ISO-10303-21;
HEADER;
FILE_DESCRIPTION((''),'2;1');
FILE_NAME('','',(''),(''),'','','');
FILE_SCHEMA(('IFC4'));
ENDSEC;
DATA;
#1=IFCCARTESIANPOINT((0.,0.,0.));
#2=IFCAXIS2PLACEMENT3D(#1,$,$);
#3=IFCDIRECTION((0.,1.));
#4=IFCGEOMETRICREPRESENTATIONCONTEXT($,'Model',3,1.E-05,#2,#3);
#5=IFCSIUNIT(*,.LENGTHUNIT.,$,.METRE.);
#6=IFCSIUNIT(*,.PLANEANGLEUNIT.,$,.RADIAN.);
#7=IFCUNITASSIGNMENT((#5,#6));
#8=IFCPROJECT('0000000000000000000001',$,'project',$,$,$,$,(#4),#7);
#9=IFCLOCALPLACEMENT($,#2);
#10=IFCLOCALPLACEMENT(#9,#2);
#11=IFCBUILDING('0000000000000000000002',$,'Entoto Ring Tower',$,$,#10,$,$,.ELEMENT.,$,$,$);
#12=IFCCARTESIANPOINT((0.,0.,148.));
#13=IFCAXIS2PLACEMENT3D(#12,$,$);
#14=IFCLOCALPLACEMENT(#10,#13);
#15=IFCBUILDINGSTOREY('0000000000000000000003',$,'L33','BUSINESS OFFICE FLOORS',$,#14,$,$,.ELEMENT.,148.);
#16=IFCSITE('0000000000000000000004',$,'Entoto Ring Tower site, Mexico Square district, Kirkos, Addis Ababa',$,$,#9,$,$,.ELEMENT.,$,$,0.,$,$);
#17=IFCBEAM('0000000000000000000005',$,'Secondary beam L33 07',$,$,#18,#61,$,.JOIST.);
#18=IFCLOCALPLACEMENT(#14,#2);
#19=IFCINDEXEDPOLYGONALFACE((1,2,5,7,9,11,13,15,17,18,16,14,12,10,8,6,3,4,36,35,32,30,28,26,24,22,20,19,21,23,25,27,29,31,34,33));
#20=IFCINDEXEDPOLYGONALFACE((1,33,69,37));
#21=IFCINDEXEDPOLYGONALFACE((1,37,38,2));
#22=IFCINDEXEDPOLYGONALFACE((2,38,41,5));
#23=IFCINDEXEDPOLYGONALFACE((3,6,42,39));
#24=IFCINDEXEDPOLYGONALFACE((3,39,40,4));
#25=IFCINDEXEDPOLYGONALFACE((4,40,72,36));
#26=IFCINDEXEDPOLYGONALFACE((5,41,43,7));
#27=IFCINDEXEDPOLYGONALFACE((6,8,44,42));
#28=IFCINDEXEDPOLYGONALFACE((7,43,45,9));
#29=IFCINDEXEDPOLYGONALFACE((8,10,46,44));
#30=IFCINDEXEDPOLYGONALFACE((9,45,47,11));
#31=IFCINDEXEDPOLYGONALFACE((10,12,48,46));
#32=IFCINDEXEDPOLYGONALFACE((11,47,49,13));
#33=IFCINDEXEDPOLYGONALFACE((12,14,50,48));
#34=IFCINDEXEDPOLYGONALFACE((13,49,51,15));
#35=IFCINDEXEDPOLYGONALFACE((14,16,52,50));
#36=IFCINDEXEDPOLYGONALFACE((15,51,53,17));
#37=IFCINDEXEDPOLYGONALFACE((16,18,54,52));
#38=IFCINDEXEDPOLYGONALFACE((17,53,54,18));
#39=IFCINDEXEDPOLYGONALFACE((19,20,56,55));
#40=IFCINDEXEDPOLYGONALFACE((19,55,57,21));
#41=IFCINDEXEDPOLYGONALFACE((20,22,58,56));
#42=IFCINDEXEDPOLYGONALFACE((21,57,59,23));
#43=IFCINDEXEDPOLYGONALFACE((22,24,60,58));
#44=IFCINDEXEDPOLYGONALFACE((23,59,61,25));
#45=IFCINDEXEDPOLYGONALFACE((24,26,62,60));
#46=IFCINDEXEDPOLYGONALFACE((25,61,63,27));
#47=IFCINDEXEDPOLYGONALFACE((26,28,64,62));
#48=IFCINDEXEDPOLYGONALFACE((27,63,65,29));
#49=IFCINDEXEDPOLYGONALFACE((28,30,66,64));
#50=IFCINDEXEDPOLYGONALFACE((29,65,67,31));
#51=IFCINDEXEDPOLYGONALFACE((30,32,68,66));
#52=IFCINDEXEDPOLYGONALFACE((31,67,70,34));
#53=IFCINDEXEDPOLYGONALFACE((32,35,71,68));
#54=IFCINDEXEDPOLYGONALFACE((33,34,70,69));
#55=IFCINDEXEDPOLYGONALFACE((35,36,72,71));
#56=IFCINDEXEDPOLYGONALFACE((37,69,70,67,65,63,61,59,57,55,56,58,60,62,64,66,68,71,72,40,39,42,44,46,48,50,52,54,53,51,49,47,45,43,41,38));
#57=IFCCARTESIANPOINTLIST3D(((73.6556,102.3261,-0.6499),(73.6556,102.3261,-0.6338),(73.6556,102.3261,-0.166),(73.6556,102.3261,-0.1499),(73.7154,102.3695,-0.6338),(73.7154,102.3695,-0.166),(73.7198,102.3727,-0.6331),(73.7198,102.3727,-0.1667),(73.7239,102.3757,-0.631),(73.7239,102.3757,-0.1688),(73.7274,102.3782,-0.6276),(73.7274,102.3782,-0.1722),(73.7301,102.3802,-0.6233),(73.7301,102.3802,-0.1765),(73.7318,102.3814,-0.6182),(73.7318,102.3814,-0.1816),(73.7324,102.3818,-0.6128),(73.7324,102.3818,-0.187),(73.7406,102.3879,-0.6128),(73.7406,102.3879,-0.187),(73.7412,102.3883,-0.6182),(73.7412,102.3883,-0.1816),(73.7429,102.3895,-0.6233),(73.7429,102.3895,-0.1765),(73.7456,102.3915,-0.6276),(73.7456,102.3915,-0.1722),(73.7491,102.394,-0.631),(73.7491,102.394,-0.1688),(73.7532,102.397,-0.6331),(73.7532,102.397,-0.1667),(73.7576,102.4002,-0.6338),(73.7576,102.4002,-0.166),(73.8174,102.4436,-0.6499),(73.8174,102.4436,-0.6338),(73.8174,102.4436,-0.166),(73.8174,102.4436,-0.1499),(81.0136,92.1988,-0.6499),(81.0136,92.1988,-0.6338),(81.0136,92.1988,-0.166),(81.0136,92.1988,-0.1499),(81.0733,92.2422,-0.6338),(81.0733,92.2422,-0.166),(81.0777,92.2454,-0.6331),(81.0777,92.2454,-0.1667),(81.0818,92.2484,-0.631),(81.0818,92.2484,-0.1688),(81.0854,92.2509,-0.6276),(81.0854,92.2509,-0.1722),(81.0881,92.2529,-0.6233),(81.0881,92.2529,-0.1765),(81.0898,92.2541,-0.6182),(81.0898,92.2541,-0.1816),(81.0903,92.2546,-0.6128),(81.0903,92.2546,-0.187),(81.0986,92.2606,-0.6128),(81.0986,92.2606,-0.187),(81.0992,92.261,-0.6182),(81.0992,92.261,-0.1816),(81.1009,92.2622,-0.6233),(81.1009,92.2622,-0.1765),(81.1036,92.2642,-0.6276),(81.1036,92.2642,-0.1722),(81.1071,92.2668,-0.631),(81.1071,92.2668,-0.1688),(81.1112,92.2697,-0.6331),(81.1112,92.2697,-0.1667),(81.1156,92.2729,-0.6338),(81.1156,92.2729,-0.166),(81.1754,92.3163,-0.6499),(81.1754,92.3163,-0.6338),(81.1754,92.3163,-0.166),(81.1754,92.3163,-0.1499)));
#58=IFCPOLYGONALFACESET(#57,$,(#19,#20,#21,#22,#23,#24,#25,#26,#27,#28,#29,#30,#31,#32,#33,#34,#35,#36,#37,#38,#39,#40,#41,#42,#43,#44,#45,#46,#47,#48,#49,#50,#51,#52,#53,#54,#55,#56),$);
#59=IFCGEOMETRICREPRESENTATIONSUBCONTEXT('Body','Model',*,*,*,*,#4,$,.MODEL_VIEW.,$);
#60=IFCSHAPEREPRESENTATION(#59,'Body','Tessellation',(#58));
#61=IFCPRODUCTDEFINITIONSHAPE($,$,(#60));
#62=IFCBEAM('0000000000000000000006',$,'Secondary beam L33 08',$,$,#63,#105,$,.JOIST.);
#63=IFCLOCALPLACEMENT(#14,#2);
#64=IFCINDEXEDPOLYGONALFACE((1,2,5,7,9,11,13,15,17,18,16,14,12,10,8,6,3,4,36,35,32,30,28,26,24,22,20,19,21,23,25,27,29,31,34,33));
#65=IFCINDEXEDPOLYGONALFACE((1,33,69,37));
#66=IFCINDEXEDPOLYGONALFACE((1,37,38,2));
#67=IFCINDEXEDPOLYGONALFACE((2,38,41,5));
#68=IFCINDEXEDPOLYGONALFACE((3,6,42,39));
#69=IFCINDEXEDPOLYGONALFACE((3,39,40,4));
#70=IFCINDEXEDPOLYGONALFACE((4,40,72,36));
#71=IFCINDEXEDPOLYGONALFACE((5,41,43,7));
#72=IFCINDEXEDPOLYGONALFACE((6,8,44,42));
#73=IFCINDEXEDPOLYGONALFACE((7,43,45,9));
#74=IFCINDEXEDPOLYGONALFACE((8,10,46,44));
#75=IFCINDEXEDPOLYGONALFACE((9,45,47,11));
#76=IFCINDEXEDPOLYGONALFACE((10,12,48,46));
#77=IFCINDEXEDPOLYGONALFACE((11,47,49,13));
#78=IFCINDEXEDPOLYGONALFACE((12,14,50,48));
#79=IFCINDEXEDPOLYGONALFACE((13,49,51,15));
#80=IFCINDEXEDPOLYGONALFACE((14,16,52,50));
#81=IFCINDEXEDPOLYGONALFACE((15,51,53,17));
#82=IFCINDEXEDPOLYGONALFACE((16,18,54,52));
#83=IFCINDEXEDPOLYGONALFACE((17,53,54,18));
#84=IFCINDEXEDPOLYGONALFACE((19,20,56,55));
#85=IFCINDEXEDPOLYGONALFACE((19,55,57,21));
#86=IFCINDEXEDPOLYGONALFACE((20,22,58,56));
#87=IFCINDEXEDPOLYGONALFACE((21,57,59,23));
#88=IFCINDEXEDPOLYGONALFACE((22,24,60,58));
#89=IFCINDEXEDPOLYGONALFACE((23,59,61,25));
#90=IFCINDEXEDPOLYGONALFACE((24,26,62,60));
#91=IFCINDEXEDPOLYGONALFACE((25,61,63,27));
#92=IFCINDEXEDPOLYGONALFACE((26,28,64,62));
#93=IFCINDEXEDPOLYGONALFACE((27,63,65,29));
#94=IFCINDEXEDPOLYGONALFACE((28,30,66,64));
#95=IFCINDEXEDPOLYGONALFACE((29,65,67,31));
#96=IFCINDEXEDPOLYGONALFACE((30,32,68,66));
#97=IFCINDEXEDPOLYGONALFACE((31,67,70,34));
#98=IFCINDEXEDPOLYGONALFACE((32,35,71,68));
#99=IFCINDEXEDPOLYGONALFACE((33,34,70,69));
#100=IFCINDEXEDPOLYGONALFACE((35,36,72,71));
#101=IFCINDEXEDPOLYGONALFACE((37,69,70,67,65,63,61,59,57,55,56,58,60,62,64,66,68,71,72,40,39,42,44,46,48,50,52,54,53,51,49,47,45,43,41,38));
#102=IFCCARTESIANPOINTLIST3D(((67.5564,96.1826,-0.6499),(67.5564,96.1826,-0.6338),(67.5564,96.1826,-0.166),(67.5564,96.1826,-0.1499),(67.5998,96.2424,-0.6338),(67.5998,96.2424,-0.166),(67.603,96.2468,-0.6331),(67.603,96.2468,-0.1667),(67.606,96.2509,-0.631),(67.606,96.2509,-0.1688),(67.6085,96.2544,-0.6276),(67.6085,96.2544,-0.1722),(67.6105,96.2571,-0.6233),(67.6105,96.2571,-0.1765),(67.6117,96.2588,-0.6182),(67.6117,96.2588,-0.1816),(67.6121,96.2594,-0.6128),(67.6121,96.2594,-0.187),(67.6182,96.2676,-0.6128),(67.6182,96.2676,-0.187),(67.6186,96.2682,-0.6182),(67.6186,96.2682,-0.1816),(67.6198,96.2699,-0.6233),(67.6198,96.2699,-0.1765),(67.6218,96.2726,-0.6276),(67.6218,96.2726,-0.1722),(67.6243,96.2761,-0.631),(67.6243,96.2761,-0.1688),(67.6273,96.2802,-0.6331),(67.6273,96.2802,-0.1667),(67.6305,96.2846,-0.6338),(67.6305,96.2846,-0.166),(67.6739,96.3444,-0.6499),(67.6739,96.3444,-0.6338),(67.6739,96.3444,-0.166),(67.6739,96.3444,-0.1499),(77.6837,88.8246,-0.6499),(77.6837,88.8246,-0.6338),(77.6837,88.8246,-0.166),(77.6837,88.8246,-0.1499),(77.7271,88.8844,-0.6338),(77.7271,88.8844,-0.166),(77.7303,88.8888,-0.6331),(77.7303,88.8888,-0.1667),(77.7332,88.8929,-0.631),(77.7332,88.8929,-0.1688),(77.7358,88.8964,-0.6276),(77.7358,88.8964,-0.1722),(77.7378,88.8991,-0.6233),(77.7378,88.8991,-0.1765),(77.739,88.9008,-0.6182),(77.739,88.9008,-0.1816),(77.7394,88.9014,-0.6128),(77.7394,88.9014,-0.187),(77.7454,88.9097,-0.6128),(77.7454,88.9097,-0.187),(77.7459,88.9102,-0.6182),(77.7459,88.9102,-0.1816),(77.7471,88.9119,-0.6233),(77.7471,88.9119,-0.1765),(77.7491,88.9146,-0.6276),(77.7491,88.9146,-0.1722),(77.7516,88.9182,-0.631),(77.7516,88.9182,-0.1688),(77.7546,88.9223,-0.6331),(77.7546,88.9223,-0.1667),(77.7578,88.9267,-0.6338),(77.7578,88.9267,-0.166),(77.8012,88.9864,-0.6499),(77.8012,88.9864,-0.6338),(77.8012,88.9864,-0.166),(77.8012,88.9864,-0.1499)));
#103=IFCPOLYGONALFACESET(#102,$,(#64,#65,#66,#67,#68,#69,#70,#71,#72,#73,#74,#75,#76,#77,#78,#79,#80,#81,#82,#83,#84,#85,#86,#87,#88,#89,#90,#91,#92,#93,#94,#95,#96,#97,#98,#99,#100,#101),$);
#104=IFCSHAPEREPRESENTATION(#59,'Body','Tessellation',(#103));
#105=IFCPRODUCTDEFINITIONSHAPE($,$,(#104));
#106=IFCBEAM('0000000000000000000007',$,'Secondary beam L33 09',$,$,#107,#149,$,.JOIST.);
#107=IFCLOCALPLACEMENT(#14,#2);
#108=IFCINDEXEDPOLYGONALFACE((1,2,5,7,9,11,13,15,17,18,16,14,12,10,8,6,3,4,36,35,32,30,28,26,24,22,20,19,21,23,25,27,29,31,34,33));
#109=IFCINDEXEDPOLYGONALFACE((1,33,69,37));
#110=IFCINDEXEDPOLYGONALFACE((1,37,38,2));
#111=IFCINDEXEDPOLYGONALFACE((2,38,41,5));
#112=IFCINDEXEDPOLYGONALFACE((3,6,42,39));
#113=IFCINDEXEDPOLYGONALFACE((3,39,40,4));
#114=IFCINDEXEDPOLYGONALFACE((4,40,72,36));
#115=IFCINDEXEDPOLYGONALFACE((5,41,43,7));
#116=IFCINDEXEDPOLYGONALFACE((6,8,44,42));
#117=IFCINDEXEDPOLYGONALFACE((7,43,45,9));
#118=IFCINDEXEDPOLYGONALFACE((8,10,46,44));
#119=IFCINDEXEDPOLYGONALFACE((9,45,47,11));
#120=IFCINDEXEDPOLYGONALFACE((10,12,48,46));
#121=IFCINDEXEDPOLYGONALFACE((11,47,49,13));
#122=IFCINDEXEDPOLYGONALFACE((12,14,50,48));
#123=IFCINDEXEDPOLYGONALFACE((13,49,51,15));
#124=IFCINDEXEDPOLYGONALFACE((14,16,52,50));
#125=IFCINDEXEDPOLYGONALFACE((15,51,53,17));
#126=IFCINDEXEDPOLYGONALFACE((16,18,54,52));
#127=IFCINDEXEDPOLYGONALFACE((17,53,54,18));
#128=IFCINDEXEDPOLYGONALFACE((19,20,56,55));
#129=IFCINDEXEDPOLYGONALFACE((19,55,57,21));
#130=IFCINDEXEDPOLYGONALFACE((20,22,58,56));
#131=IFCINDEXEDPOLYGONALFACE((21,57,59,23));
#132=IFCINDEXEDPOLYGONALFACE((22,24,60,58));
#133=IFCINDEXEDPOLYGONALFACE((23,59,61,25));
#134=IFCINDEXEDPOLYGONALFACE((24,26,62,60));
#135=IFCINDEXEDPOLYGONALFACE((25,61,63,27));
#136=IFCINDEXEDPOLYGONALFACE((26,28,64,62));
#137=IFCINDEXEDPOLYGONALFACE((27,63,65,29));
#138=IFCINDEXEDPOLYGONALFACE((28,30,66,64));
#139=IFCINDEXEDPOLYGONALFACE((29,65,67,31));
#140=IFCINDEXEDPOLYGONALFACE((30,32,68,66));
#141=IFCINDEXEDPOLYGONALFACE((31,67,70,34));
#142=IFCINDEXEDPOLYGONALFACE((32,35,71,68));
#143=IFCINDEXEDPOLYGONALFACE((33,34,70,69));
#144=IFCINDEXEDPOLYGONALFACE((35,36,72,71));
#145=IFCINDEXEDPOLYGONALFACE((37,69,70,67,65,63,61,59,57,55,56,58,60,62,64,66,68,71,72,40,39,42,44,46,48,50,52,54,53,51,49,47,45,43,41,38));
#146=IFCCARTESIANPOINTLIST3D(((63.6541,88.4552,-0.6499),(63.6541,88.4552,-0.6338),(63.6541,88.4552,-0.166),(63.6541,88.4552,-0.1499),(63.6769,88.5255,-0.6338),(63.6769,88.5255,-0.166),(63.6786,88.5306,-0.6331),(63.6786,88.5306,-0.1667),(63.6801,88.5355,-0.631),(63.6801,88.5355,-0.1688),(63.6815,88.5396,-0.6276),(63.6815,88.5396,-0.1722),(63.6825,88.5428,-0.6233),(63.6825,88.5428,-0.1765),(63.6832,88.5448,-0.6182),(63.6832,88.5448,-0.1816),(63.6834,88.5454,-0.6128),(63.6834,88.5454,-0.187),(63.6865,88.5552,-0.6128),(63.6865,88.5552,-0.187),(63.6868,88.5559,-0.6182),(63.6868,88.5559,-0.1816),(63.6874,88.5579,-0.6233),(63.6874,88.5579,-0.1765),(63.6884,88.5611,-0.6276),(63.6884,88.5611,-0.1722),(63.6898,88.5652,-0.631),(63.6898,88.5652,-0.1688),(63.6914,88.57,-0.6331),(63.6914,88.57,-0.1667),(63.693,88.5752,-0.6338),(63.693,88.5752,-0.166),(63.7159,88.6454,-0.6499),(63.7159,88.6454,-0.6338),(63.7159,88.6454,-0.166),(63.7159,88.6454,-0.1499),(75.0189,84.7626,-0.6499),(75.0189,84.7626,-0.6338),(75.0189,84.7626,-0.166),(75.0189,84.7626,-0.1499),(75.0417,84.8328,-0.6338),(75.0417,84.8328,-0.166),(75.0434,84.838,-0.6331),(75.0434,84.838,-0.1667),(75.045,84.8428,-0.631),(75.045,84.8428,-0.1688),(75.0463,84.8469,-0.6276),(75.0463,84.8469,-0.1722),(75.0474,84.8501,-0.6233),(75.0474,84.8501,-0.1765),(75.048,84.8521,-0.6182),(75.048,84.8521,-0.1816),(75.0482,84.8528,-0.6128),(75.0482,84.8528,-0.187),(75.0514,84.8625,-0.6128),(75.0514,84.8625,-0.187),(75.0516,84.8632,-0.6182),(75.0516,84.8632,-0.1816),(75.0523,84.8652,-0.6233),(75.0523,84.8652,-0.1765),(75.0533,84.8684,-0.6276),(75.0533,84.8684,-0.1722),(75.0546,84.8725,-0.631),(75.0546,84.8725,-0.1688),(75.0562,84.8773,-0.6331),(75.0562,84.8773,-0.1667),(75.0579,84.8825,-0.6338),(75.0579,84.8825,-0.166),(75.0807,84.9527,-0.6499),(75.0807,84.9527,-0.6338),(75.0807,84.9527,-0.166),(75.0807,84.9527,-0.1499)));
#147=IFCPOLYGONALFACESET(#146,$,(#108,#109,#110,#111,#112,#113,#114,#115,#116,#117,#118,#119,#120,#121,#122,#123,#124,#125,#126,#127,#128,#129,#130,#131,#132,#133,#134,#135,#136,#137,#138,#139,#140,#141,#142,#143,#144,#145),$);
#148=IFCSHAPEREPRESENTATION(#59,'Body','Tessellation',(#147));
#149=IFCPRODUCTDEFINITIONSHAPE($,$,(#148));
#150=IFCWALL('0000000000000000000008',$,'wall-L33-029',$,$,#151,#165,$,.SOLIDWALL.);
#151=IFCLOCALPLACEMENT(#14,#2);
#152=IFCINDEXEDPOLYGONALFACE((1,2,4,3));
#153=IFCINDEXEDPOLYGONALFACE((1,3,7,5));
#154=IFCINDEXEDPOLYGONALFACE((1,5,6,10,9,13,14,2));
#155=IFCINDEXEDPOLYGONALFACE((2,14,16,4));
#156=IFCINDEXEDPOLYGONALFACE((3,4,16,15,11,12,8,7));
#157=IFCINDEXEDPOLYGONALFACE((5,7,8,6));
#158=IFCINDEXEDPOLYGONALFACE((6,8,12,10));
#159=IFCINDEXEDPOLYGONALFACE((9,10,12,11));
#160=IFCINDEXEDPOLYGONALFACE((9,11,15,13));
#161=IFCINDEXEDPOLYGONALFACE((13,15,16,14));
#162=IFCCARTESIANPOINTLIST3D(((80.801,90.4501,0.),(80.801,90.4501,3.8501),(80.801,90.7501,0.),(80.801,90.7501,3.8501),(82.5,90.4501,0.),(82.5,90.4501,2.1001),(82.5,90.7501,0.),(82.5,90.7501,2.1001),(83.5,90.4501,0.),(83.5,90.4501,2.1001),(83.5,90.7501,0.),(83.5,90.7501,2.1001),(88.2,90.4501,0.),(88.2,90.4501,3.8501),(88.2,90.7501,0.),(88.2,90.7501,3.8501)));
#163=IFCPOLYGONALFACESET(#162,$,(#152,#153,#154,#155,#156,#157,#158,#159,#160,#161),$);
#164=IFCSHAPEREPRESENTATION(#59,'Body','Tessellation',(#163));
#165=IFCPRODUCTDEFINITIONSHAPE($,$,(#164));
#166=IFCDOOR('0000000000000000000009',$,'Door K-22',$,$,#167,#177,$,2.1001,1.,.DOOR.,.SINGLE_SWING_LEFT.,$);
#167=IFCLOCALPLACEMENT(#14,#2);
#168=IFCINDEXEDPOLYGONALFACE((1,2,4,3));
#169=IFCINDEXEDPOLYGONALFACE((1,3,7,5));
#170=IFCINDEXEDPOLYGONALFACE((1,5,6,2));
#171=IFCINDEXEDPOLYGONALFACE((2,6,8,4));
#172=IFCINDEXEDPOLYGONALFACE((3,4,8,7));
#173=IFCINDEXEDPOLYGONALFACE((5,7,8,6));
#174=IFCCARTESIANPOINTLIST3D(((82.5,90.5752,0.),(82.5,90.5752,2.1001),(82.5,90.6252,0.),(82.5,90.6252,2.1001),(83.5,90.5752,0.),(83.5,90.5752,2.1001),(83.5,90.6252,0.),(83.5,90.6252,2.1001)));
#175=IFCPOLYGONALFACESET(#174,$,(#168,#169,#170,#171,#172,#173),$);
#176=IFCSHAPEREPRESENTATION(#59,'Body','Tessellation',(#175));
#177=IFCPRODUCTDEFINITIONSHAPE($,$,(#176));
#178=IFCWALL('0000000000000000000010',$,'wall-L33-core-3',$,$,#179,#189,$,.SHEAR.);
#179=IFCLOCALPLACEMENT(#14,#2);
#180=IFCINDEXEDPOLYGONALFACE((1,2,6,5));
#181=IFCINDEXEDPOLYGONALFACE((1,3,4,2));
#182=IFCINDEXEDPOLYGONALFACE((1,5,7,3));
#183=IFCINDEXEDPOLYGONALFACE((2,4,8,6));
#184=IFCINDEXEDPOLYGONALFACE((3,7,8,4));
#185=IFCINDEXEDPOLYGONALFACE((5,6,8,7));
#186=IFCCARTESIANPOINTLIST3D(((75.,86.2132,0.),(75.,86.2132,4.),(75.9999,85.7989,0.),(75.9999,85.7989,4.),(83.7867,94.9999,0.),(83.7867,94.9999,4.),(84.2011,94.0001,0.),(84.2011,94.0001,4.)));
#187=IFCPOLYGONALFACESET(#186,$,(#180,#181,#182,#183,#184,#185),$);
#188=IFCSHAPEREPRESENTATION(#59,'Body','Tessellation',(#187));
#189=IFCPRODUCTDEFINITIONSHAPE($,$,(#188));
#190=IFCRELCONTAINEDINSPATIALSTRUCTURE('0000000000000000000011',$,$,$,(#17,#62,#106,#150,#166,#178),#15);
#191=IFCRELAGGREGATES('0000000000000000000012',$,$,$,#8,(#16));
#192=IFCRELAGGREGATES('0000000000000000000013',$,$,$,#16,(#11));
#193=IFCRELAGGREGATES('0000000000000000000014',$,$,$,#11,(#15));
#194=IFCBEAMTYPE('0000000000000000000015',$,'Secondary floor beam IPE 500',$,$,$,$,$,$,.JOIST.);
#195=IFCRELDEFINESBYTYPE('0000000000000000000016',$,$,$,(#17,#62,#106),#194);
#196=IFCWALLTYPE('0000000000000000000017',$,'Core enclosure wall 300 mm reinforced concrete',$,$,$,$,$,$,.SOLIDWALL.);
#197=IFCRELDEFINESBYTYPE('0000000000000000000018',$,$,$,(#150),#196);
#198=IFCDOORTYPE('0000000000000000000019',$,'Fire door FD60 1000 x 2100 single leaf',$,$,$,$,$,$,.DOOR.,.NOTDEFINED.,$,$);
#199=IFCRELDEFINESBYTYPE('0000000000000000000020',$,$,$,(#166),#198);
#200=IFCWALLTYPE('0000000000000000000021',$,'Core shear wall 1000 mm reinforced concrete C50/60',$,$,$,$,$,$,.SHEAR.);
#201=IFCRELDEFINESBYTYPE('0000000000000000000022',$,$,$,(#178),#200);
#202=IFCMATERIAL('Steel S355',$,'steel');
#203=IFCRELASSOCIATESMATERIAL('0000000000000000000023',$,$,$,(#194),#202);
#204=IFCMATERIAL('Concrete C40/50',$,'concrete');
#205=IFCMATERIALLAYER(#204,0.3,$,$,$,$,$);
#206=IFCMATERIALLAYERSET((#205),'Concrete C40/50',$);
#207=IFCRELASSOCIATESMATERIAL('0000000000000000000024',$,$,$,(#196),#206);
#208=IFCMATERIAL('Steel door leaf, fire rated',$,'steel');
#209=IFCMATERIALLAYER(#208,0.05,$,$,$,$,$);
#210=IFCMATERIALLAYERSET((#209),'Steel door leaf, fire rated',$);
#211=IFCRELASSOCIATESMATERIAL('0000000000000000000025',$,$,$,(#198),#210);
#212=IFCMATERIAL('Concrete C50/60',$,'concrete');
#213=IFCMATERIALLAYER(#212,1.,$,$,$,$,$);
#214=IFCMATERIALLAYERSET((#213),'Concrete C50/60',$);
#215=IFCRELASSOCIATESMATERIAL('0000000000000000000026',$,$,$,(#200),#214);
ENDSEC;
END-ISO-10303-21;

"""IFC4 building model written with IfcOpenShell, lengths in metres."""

from ifc_helpers import new_model, si_unit, direction, frame, frame_2d, origin, origin_2d, place, context, subcontext, project, spatial, polyline, rectangle, i_section, outline, extrude, material, layer, layer_set, material_profile, profile_set, type_object, element, fill, save


model = new_model("IFC4")

# Units and contexts
model_context = context("Model", 3, precision=1e-05, world=origin(), true_north=direction((0.0, 1.0)))
body_context = subcontext(model_context, "Body", "Model", "MODEL_VIEW")
ifc_project = project(units=[si_unit("LENGTHUNIT", "METRE"), si_unit("PLANEANGLEUNIT", "RADIAN")], contexts=[model_context])

# Site, building, storey
site_placement = place(None, origin())
site = spatial("IfcSite", under=ifc_project, at=site_placement, Name="Entoto Ring Tower site, Mexico Square district, Kirkos, Addis Ababa", CompositionType="ELEMENT", RefElevation=0.0)
building_placement = place(site_placement, origin())
building = spatial("IfcBuilding", under=site, at=building_placement, Name="Entoto Ring Tower", CompositionType="ELEMENT")
storey_placement = place(building_placement, frame((0.0, 0.0, 148.0)))
storey = spatial("IfcBuildingStorey", under=building, at=storey_placement, Name="L33", Description="BUSINESS OFFICE FLOORS", CompositionType="ELEMENT", Elevation=148.0)

# Beams
ifc_material_1 = material(Name="Steel S355", Category="steel")
ifc_material_profile_1 = material_profile(ifc_material_1, i_section(OverallWidth=0.2, OverallDepth=0.5, WebThickness=0.0103, FlangeThickness=0.0161, FilletRadius=0.021, at=origin_2d()), Name="IPE 500")
ifc_profile_set_1 = profile_set([ifc_material_profile_1], Name="Steel S355")
beam_type_1 = type_object("IfcBeamType", Name="Secondary floor beam IPE 500", PredefinedType="JOIST", material=ifc_profile_set_1)
for number, where, z_axis, x_axis, name in (
    (1, (81.0945, 92.2576, -0.3999), (-0.587789, 0.809014, 0.0), (-0.809014, -0.587789, 0.0), "Secondary beam L33 07"),
    (2, (77.7424, 88.9055, -0.3999), (-0.809014, 0.587789, 0.0), (-0.587789, -0.809014, 0.0), "Secondary beam L33 08"),
):
    element("IfcBeam", number, at=place(storey_placement, frame(where, z_axis=z_axis, x_axis=x_axis)), inside=storey, type_object=beam_type_1, Name=name, PredefinedType="JOIST", context=body_context, shape_type="SweptSolid", body=[
        extrude(i_section(OverallWidth=0.2, OverallDepth=0.5, WebThickness=0.0103, FlangeThickness=0.0161, FilletRadius=0.021, at=origin_2d()), origin(), (0.0, 0.0, 1.0), 12.5181),
    ])
beam_1_placement = place(storey_placement, frame((75.0498, 84.8577, -0.3999), z_axis=(-0.951057, 0.309017, 0.0), x_axis=(-0.309017, -0.951057, 0.0)))
element("IfcBeam", 3, at=beam_1_placement, inside=storey, type_object=beam_type_1, Name="Secondary beam L33 09", PredefinedType="JOIST", context=body_context, shape_type="SweptSolid", body=[
    extrude(i_section(OverallWidth=0.2, OverallDepth=0.5, WebThickness=0.0103, FlangeThickness=0.0161, FilletRadius=0.021, at=origin_2d()), origin(), (0.0, 0.0, 1.0), 11.9497),
])

# Wall, opening, door
ifc_material_2 = material(Name="Concrete C40/50", Category="concrete")
ifc_layer_1 = layer(ifc_material_2, 0.3)
ifc_layer_set_1 = layer_set([ifc_layer_1], Name="Concrete C40/50")
wall_type_1 = type_object("IfcWallType", Name="Core enclosure wall 300 mm reinforced concrete", PredefinedType="SOLIDWALL", material=ifc_layer_set_1)
wall_1_placement = place(storey_placement, frame((80.801, 90.6001, 0.0), z_axis=(0.0, 0.0, 1.0), x_axis=(1.0, 0.0, 0.0)))
wall_1 = element("IfcWall", 4, at=wall_1_placement, inside=storey, type_object=wall_type_1, Name="wall-L33-029", PredefinedType="SOLIDWALL", context=body_context, shape_type="SweptSolid", body=[
    extrude(rectangle(XDim=7.3989, YDim=0.3, at=frame_2d((3.6995, 0.0))), origin(), (0.0, 0.0, 1.0), 3.8501),
])
opening_1_placement = place(wall_1_placement, frame((1.699, 0.0, 0.0)))
opening_1 = element("IfcOpeningElement", 5, at=opening_1_placement, cuts=wall_1, PredefinedType="OPENING", context=body_context, shape_type="SweptSolid", body=[
    extrude(rectangle(XDim=1.0, YDim=2.1001, at=frame_2d((0.5, 1.05))), frame((0.0, 0.1602, 0.0), z_axis=(0.0, -1.0, 0.0), x_axis=(1.0, 0.0, 0.0)), (0.0, 0.0, 1.0), 0.3201),
])
ifc_material_3 = material(Name="Steel door leaf, fire rated", Category="steel")
ifc_layer_2 = layer(ifc_material_3, 0.05)
ifc_layer_set_2 = layer_set([ifc_layer_2], Name="Steel door leaf, fire rated")
door_type_1 = type_object("IfcDoorType", Name="Fire door FD60 1000 x 2100 single leaf", OperationType="NOTDEFINED", PredefinedType="DOOR", material=ifc_layer_set_2)
door_1_placement = place(opening_1_placement, frame((1.0, 0.0, 0.0), z_axis=(0.0, 0.0, 1.0), x_axis=(-1.0, 0.0, 0.0)))
door_1 = element("IfcDoor", 6, at=door_1_placement, inside=storey, type_object=door_type_1, Name="Door K-22", OperationType="SINGLE_SWING_LEFT", OverallHeight=2.1001, OverallWidth=1.0, PredefinedType="DOOR", context=body_context, shape_type="SweptSolid", body=[
    extrude(rectangle(XDim=1.0, YDim=2.1001, at=frame_2d((0.5, 1.05))), frame((0.0, 0.0249, 0.0), z_axis=(0.0, -1.0, 0.0), x_axis=(1.0, 0.0, 0.0)), (0.0, 0.0, 1.0), 0.05),
])
fill(opening_1, door_1)

# Wall
ifc_material_4 = material(Name="Concrete C50/60", Category="concrete")
ifc_layer_3 = layer(ifc_material_4, 1.0)
ifc_layer_set_3 = layer_set([ifc_layer_3], Name="Concrete C50/60")
wall_type_2 = type_object("IfcWallType", Name="Core shear wall 1000 mm reinforced concrete C50/60", PredefinedType="SHEAR", material=ifc_layer_set_3)
wall_2_placement = place(storey_placement, frame((83.9939, 94.5, 0.0), z_axis=(0.0, 0.0, 1.0), x_axis=(-0.707107, -0.707107, 0.0)))
element("IfcWall", 7, at=wall_2_placement, inside=storey, type_object=wall_type_2, Name="wall-L33-core-3", PredefinedType="SHEAR", context=body_context, shape_type="SweptSolid", body=[
    extrude(outline(polyline([(-0.207, -0.5), (12.2192, -0.5), (11.8052, 0.5), (0.207, 0.5), (-0.207, -0.5)])), origin(), (0.0, 0.0, 1.0), 4.0),
])

save(model, "model.ifc")
